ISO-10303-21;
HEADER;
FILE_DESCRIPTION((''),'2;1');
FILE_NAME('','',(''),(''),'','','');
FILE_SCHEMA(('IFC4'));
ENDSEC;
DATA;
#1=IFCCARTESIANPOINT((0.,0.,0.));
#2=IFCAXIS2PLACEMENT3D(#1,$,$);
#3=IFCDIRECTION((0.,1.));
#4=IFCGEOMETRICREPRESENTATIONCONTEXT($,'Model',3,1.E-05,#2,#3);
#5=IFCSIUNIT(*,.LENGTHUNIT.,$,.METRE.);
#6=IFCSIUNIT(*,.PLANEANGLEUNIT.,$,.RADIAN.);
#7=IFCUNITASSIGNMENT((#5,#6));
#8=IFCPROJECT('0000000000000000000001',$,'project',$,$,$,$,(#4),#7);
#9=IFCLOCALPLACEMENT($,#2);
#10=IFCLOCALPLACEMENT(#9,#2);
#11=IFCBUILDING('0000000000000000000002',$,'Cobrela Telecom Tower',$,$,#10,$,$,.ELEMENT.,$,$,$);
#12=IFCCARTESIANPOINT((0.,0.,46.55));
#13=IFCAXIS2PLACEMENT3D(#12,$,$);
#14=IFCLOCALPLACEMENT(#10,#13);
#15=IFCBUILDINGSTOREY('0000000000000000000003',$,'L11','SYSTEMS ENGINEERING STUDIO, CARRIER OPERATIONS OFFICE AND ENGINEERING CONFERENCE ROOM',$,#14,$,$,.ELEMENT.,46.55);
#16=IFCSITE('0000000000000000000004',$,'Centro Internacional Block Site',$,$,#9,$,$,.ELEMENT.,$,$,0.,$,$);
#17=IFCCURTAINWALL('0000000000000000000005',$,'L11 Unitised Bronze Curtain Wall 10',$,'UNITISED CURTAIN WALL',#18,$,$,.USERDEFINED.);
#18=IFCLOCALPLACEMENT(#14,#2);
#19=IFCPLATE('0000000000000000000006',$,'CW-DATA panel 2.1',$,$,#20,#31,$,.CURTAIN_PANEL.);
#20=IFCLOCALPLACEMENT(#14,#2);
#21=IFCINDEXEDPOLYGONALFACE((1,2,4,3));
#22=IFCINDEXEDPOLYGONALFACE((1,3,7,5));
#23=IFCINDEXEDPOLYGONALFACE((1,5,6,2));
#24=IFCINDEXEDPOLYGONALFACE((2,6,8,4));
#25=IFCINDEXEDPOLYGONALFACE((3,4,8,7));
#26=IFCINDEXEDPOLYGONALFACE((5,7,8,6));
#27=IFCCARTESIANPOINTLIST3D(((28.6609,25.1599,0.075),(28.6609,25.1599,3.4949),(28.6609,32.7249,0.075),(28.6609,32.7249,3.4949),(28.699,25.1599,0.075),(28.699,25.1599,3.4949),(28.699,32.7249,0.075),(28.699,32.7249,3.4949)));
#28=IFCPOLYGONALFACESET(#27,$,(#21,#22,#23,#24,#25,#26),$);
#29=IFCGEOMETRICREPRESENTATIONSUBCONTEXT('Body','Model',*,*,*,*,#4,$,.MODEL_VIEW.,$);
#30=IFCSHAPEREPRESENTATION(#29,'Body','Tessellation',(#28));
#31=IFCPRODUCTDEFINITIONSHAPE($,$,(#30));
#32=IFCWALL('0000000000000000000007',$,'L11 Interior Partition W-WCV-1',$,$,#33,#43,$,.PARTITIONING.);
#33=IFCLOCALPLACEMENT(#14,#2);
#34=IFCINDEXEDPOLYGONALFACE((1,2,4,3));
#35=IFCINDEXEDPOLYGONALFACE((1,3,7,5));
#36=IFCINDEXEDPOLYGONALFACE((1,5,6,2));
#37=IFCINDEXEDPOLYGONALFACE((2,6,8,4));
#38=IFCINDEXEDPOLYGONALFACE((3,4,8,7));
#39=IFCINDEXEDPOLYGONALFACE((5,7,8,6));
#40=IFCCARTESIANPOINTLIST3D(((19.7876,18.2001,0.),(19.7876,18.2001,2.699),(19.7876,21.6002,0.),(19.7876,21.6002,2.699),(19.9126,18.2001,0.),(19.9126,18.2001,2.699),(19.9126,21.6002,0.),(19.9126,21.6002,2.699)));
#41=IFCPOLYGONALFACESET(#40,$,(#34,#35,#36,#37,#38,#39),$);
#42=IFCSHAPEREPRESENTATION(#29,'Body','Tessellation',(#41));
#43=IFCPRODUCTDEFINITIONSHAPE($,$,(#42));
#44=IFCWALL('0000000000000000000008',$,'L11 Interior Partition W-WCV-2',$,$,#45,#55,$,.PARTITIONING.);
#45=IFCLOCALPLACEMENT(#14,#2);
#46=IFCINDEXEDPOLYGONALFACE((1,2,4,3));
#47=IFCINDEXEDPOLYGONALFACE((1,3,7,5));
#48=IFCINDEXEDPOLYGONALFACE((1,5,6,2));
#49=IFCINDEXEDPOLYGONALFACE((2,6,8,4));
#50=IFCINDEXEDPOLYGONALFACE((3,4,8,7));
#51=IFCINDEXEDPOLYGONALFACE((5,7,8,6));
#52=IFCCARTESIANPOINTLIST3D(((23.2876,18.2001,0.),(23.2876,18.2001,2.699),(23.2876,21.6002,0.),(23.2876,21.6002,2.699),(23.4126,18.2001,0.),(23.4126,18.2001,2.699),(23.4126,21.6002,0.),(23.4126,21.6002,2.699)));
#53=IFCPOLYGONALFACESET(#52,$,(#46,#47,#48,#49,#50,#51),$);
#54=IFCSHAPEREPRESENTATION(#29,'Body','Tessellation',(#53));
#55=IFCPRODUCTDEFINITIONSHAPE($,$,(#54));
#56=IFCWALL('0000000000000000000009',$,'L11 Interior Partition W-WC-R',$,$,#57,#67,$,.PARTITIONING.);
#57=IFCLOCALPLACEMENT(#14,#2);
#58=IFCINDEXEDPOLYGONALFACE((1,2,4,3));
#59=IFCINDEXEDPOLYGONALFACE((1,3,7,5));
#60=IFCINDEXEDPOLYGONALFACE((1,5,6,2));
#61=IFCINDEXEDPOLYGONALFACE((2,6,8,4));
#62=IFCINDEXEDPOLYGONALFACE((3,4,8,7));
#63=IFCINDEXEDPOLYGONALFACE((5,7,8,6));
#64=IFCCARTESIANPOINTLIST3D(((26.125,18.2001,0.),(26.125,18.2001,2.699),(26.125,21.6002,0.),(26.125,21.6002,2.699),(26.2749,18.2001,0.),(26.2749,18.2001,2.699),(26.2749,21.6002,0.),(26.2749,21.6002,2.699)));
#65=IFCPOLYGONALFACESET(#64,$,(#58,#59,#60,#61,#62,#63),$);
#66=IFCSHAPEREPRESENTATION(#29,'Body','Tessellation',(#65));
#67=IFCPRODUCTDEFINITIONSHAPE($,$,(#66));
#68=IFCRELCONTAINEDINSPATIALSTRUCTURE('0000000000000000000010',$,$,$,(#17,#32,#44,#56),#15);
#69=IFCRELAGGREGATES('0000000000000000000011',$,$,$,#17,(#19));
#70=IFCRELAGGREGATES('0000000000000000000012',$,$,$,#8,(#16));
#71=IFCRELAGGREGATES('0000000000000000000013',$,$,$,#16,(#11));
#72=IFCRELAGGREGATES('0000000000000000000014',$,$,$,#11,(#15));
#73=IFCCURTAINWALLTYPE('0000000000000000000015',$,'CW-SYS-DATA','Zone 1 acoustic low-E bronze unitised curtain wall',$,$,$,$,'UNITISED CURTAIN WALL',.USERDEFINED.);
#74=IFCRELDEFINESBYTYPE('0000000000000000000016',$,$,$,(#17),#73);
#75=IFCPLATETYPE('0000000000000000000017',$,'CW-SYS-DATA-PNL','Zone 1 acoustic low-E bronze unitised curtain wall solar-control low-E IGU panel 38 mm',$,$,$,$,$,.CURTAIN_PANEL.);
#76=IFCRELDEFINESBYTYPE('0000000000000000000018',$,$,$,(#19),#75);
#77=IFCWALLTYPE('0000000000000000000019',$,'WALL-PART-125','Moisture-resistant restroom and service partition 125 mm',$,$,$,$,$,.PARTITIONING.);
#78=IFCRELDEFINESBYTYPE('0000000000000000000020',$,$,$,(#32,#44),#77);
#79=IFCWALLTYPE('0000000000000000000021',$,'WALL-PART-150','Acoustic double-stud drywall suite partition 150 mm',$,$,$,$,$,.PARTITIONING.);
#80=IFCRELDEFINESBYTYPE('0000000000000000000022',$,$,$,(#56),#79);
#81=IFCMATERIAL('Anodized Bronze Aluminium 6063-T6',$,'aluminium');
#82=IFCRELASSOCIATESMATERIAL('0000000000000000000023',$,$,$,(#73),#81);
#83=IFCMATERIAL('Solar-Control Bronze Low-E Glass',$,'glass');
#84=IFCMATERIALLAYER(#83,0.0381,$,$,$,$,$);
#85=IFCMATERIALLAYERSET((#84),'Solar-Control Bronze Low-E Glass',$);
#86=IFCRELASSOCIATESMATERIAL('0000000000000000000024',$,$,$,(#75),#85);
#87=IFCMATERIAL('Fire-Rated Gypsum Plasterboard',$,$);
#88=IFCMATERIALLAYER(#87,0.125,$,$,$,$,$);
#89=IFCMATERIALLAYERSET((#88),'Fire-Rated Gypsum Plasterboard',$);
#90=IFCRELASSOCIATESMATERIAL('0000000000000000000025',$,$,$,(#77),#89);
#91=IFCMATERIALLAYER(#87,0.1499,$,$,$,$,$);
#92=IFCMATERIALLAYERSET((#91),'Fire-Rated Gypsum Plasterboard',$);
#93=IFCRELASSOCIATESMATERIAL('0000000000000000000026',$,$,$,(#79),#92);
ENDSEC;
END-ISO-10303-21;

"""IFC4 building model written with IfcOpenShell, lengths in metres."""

from ifc_helpers import new_model, si_unit, direction, frame, frame_2d, origin, origin_2d, place, context, subcontext, project, spatial, rectangle, extrude, material, layer, layer_set, type_object, element, aggregate, save


model = new_model("IFC4")

# Units and contexts
model_context = context("Model", 3, precision=1e-05, world=origin(), true_north=direction((0.0, 1.0)))
body_context = subcontext(model_context, "Body", "Model", "MODEL_VIEW")
ifc_project = project(units=[si_unit("LENGTHUNIT", "METRE"), si_unit("PLANEANGLEUNIT", "RADIAN")], contexts=[model_context])

# Site, building, storey
site_placement = place(None, origin())
site = spatial("IfcSite", under=ifc_project, at=site_placement, Name="Centro Internacional Block Site", CompositionType="ELEMENT", RefElevation=0.0)
building_placement = place(site_placement, origin())
building = spatial("IfcBuilding", under=site, at=building_placement, Name="Cobrela Telecom Tower", CompositionType="ELEMENT")
storey_placement = place(building_placement, frame((0.0, 0.0, 46.55)))
storey = spatial("IfcBuildingStorey", under=building, at=storey_placement, Name="L11", Description="SYSTEMS ENGINEERING STUDIO, CARRIER OPERATIONS OFFICE AND ENGINEERING CONFERENCE ROOM", CompositionType="ELEMENT", Elevation=46.55)

# Curtain wall, plate
ifc_material_1 = material(Name="Anodized Bronze Aluminium 6063-T6", Category="aluminium")
curtain_wall_type = type_object("IfcCurtainWallType", Name="CW-SYS-DATA", Description="Zone 1 acoustic low-E bronze unitised curtain wall", ElementType="UNITISED CURTAIN WALL", PredefinedType="USERDEFINED", material=ifc_material_1)
curtain_wall_placement = place(storey_placement, origin())
curtain_wall = element("IfcCurtainWall", 1, at=curtain_wall_placement, inside=storey, type_object=curtain_wall_type, Name="L11 Unitised Bronze Curtain Wall 10", ObjectType="UNITISED CURTAIN WALL", PredefinedType="USERDEFINED")
ifc_material_2 = material(Name="Solar-Control Bronze Low-E Glass", Category="glass")
ifc_layer_1 = layer(ifc_material_2, 0.0381)
ifc_layer_set_1 = layer_set([ifc_layer_1], Name="Solar-Control Bronze Low-E Glass")
plate_type = type_object("IfcPlateType", Name="CW-SYS-DATA-PNL", Description="Zone 1 acoustic low-E bronze unitised curtain wall solar-control low-E IGU panel 38 mm", PredefinedType="CURTAIN_PANEL", material=ifc_layer_set_1)
plate_placement = place(storey_placement, frame((28.6799, 28.9424, 0.075), z_axis=(0.0, 0.0, 1.0), x_axis=(0.0, -1.0, 0.0)))
plate = element("IfcPlate", 2, at=plate_placement, type_object=plate_type, Name="CW-DATA panel 2.1", PredefinedType="CURTAIN_PANEL", context=body_context, shape_type="SweptSolid", body=[
    extrude(rectangle(XDim=7.5649, YDim=0.0381, at=origin_2d()), origin(), (0.0, 0.0, 1.0), 3.4199),
])
aggregate(curtain_wall, [plate])

# Walls
ifc_material_3 = material(Name="Fire-Rated Gypsum Plasterboard")
ifc_layer_2 = layer(ifc_material_3, 0.125)
ifc_layer_set_2 = layer_set([ifc_layer_2], Name="Fire-Rated Gypsum Plasterboard")
wall_type_1 = type_object("IfcWallType", Name="WALL-PART-125", Description="Moisture-resistant restroom and service partition 125 mm", PredefinedType="PARTITIONING", material=ifc_layer_set_2)
for number, where, z_axis, x_axis, name in (
    (3, (19.8501, 18.2, 0.0), (0.0, 0.0, 1.0), (0.0, 1.0, 0.0), "L11 Interior Partition W-WCV-1"),
    (4, (23.3501, 18.2, 0.0), (0.0, 0.0, 1.0), (0.0, 1.0, 0.0), "L11 Interior Partition W-WCV-2"),
):
    element("IfcWall", number, at=place(storey_placement, frame(where, z_axis=z_axis, x_axis=x_axis)), inside=storey, type_object=wall_type_1, Name=name, PredefinedType="PARTITIONING", context=body_context, shape_type="SweptSolid", body=[
        extrude(rectangle(XDim=3.4001, YDim=0.125, at=frame_2d((1.7002, 0.0))), origin(), (0.0, 0.0, 1.0), 2.699),
    ])
ifc_layer_3 = layer(ifc_material_3, 0.1499)
ifc_layer_set_3 = layer_set([ifc_layer_3], Name="Fire-Rated Gypsum Plasterboard")
wall_type_2 = type_object("IfcWallType", Name="WALL-PART-150", Description="Acoustic double-stud drywall suite partition 150 mm", PredefinedType="PARTITIONING", material=ifc_layer_set_3)
wall_placement = place(storey_placement, frame((26.2, 18.2, 0.0), z_axis=(0.0, 0.0, 1.0), x_axis=(0.0, 1.0, 0.0)))
element("IfcWall", 5, at=wall_placement, inside=storey, type_object=wall_type_2, Name="L11 Interior Partition W-WC-R", PredefinedType="PARTITIONING", context=body_context, shape_type="SweptSolid", body=[
    extrude(rectangle(XDim=3.4001, YDim=0.1499, at=frame_2d((1.7002, 0.0))), origin(), (0.0, 0.0, 1.0), 2.699),
])

save(model, "model.ifc")
